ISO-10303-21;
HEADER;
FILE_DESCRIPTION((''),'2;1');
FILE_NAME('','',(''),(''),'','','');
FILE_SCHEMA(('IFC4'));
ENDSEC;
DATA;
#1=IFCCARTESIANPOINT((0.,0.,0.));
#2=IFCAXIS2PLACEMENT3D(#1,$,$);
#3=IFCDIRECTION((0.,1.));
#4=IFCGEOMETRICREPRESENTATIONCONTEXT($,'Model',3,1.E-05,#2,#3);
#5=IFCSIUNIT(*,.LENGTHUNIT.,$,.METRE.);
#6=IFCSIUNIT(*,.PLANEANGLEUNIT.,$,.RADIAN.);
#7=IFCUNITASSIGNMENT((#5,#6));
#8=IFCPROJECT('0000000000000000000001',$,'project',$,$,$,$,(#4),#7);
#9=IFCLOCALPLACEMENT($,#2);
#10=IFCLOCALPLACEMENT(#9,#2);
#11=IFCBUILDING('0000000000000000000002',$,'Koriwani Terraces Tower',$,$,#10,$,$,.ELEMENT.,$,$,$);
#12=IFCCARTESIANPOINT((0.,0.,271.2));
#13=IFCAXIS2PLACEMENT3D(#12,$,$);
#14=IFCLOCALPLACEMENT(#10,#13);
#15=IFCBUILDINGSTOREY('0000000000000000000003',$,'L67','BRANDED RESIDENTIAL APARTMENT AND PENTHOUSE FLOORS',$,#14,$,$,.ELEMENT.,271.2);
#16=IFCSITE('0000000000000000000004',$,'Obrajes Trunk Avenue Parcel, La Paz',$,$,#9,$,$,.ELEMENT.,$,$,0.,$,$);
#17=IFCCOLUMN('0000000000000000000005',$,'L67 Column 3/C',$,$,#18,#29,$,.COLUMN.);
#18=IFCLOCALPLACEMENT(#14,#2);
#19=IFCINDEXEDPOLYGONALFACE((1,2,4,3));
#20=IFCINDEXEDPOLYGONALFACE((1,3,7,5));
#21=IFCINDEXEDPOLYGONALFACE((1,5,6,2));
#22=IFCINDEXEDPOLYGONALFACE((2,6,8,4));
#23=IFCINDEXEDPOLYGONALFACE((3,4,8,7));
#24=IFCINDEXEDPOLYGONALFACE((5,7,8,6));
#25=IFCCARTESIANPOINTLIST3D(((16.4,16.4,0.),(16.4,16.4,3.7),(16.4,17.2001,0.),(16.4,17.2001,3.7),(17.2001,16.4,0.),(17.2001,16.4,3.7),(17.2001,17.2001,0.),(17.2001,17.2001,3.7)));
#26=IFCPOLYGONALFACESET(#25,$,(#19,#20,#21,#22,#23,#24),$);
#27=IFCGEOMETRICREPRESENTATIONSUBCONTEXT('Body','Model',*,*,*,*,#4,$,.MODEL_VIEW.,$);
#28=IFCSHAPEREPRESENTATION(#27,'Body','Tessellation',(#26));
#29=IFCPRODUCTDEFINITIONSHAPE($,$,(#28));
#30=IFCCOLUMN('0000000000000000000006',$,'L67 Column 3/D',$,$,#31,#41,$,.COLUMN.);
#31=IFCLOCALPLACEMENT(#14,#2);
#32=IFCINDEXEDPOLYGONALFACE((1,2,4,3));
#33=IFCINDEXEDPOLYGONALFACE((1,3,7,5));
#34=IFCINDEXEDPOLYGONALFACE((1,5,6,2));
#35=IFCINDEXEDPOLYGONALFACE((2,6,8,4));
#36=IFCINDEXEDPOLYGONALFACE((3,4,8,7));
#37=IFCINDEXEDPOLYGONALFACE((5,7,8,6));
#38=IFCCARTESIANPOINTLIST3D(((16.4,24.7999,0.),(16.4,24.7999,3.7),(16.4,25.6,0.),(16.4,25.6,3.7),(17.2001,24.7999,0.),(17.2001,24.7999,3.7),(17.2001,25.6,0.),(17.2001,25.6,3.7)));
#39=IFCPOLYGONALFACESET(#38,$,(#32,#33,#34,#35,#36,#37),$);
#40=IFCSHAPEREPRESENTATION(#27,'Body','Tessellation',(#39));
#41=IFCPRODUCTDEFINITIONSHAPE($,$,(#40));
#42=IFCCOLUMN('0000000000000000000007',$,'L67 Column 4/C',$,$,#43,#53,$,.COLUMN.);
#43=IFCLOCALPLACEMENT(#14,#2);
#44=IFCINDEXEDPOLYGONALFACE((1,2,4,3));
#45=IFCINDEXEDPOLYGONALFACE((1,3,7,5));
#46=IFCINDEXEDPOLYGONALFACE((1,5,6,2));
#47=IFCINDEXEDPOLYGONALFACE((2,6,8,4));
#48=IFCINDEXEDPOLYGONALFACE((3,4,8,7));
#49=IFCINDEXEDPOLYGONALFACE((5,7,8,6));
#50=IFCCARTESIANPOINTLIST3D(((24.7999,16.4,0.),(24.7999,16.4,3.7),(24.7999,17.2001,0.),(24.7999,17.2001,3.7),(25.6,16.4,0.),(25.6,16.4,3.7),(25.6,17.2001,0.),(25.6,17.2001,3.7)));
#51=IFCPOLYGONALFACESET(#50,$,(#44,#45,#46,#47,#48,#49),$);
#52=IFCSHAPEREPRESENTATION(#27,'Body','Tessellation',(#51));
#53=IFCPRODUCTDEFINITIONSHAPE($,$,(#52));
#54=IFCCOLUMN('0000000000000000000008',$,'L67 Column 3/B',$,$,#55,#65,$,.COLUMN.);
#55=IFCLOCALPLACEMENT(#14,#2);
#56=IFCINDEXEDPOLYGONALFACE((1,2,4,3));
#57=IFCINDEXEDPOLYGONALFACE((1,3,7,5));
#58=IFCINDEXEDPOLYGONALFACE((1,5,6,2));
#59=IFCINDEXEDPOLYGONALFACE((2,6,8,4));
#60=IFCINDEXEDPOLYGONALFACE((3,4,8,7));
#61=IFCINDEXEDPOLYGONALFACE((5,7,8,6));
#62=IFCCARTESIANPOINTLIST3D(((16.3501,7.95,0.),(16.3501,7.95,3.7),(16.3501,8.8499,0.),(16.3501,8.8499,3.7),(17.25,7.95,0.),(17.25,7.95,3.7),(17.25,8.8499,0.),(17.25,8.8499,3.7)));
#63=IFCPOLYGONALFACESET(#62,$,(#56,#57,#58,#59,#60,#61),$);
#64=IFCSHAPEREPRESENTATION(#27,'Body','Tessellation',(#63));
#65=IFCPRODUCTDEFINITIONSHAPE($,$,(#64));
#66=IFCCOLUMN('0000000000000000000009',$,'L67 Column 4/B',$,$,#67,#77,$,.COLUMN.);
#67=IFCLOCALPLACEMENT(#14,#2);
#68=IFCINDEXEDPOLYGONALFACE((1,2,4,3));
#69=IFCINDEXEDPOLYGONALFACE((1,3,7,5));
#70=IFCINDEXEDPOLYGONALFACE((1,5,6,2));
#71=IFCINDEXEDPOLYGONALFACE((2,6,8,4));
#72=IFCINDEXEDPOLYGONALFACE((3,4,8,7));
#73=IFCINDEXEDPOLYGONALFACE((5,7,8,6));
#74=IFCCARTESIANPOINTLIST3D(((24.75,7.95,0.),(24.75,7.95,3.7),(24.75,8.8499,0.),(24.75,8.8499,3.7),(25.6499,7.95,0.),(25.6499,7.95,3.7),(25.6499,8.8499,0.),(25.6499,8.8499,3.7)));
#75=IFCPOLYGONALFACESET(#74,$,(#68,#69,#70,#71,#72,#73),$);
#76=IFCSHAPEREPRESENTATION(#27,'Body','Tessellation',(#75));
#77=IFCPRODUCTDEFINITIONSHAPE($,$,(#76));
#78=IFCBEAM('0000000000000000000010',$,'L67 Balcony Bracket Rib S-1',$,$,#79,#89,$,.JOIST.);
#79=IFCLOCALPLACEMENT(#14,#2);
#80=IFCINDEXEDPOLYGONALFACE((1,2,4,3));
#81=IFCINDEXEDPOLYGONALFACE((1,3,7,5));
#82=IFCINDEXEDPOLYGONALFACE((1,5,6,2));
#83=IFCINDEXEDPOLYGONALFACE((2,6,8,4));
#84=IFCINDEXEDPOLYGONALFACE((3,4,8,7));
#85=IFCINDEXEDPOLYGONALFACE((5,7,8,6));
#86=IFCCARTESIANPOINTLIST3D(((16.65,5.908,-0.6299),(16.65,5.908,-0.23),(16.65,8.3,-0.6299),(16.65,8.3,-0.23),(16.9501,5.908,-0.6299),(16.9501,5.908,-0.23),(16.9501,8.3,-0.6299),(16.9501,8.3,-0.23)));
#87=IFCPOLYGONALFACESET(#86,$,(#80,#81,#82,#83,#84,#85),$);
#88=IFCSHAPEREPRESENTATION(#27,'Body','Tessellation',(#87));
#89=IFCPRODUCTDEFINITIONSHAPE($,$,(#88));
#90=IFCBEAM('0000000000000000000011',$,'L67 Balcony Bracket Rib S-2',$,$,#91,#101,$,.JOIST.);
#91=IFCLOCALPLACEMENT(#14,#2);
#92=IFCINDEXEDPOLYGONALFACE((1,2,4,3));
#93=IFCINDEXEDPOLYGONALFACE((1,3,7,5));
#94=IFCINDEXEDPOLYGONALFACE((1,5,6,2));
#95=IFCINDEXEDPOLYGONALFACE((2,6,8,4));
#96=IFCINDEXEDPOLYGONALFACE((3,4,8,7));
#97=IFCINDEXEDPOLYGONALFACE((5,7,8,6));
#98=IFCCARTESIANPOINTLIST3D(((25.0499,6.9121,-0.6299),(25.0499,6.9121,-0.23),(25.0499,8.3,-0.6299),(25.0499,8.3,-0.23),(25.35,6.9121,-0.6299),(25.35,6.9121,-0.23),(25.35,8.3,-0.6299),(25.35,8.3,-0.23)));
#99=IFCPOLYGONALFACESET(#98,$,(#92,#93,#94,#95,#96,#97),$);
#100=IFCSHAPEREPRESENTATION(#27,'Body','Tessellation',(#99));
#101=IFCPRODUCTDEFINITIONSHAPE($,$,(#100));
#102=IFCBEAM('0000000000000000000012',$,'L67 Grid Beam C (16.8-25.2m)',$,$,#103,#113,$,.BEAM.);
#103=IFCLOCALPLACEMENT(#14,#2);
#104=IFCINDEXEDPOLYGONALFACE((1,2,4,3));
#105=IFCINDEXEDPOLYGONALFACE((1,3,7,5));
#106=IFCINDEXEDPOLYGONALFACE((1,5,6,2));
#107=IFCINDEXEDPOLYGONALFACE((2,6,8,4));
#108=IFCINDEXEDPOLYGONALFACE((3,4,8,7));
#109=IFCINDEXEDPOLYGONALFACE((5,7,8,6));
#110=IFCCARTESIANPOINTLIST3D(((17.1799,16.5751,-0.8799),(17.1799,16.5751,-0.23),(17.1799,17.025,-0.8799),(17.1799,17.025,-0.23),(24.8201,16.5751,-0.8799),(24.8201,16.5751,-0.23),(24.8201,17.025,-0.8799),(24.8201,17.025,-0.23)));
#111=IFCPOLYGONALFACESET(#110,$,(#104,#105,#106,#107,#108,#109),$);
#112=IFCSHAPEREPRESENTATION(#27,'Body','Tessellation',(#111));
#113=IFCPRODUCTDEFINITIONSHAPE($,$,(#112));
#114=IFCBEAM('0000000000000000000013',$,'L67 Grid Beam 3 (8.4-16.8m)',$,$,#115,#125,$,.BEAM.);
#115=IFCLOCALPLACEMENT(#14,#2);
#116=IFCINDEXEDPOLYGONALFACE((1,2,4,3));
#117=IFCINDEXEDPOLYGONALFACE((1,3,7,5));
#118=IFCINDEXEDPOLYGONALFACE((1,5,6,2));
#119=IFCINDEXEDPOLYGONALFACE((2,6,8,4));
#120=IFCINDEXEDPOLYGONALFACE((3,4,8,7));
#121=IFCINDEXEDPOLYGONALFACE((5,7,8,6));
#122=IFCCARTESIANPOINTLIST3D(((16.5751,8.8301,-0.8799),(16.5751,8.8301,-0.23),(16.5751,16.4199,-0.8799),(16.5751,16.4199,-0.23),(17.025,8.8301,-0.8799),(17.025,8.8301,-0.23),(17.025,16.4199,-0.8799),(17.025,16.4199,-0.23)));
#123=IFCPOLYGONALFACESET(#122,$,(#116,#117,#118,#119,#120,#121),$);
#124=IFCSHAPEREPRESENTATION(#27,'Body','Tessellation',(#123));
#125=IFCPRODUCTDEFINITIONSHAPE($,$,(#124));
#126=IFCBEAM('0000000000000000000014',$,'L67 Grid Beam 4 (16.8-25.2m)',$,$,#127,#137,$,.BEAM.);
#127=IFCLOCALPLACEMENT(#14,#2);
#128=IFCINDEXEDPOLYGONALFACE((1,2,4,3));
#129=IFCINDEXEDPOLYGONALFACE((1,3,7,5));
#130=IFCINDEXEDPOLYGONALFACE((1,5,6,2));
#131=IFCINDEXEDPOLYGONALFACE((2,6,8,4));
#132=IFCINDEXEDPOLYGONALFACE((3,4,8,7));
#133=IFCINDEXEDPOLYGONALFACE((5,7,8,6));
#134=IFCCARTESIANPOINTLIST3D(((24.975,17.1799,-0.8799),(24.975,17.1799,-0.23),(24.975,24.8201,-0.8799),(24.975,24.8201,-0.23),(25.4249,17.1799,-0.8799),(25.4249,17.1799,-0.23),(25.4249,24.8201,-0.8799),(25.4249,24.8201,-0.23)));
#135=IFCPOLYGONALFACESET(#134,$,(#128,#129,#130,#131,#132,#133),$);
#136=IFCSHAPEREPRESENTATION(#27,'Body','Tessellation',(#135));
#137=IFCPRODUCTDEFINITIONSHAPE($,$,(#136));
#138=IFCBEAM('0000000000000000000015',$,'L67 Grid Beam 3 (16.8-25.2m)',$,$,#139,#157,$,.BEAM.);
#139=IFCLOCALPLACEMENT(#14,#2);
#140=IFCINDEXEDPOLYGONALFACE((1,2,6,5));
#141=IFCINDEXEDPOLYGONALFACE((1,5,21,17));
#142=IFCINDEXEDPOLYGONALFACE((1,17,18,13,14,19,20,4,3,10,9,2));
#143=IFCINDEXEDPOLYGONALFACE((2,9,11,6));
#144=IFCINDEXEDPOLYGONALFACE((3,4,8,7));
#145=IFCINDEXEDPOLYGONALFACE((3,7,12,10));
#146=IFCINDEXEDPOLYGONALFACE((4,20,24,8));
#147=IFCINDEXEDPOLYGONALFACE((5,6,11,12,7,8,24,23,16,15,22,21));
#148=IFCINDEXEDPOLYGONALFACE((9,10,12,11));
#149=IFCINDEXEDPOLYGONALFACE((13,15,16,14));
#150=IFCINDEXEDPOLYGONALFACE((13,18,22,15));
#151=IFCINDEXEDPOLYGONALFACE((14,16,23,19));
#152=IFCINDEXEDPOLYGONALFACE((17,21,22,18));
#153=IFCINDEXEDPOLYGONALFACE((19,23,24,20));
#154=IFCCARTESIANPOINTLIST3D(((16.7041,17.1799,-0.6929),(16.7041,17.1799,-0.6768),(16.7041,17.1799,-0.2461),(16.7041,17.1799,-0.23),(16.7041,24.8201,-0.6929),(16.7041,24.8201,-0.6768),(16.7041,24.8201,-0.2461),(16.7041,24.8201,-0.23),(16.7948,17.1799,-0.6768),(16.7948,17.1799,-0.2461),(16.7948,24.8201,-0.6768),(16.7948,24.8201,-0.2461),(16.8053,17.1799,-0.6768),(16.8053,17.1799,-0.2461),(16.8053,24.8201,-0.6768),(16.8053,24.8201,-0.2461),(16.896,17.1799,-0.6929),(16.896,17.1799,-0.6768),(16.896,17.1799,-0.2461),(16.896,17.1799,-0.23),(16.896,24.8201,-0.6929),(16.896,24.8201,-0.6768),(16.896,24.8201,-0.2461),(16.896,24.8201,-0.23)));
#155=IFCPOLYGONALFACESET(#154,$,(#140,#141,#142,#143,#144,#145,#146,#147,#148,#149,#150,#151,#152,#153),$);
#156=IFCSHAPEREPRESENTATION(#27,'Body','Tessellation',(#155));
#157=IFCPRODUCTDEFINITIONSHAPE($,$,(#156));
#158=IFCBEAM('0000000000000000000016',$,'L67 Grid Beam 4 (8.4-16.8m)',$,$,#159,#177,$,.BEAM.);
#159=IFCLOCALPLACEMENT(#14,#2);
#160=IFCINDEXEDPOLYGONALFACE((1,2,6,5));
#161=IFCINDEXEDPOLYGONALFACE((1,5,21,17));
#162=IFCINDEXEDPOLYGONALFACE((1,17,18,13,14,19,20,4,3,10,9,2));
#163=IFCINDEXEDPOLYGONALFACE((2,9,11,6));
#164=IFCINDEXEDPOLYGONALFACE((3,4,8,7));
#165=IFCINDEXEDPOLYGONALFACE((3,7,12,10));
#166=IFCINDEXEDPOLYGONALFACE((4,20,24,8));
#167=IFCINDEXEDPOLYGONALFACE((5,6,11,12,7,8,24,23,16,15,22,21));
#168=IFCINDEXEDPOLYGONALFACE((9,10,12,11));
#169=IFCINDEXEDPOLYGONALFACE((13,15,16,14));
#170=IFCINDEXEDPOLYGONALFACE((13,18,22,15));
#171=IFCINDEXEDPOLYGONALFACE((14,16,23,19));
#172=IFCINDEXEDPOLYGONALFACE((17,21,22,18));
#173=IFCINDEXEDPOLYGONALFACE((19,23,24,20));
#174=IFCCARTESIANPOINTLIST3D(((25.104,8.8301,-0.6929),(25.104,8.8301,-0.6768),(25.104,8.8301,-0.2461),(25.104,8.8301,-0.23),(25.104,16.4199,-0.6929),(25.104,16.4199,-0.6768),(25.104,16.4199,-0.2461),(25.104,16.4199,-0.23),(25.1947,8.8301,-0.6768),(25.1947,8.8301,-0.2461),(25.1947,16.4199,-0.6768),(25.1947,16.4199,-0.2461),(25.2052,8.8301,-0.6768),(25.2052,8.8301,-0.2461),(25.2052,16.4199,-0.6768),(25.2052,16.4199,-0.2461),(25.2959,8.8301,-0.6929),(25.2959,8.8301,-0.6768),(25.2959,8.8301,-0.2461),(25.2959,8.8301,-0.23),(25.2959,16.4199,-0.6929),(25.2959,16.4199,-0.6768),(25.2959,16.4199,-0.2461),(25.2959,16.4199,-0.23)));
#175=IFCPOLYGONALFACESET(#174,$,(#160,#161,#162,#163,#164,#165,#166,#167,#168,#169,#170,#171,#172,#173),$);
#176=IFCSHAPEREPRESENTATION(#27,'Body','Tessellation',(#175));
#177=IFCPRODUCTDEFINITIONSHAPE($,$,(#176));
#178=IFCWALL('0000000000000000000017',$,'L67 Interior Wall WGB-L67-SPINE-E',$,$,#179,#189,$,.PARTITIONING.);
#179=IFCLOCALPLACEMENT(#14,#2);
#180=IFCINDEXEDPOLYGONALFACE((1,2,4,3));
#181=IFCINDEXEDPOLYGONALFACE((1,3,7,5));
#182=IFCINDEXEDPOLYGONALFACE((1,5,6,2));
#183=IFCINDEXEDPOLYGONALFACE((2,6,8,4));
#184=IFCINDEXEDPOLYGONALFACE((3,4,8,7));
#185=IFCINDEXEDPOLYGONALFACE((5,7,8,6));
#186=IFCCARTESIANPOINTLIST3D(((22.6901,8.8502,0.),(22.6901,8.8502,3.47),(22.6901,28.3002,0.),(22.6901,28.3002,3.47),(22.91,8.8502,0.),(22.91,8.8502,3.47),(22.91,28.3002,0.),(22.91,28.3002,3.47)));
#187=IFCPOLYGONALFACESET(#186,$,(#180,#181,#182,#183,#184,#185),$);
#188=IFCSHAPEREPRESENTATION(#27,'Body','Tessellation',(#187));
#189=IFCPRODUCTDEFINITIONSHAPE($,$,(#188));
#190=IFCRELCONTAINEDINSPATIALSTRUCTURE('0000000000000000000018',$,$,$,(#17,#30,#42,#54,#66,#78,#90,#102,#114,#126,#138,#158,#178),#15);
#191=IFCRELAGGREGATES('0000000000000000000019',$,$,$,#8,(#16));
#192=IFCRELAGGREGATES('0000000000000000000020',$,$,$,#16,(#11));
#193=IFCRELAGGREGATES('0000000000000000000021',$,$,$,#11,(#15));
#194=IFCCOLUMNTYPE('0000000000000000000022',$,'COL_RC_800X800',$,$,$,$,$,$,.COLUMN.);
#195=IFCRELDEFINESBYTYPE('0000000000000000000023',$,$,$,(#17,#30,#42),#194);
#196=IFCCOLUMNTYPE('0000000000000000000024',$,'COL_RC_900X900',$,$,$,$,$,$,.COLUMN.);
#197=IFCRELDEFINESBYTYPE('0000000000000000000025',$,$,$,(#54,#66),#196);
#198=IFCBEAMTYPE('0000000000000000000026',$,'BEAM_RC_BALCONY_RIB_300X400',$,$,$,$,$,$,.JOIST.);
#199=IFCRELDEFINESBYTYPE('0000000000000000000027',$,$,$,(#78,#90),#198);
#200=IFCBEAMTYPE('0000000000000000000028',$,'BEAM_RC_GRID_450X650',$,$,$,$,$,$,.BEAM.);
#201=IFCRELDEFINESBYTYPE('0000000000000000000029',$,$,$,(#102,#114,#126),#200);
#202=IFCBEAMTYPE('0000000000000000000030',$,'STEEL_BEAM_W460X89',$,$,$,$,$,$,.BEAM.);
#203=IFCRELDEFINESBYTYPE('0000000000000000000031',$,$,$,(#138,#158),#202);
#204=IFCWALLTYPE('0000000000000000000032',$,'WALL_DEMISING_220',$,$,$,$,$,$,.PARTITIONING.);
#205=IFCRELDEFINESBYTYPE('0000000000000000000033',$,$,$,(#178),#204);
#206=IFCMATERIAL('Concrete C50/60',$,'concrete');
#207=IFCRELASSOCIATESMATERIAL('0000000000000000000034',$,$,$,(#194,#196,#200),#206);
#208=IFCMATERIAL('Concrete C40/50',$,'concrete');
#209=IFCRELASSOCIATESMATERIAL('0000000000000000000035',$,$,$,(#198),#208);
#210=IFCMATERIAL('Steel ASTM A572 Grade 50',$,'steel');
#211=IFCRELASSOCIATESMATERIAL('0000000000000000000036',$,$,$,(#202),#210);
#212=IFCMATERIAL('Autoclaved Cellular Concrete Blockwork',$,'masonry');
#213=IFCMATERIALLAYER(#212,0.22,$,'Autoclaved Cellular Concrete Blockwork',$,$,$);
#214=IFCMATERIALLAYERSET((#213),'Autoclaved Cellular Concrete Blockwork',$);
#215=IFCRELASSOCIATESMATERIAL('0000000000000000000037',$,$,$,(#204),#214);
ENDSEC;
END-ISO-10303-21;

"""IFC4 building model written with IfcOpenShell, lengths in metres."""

from ifc_helpers import new_model, si_unit, direction, frame, frame_2d, origin, origin_2d, place, context, subcontext, project, spatial, rectangle, i_section, extrude, material, layer, layer_set, material_profile, profile_set, type_object, element, save


model = new_model("IFC4")

# Units and contexts
model_context = context("Model", 3, precision=1e-05, world=origin(), true_north=direction((0.0, 1.0)))
body_context = subcontext(model_context, "Body", "Model", "MODEL_VIEW")
ifc_project = project(units=[si_unit("LENGTHUNIT", "METRE"), si_unit("PLANEANGLEUNIT", "RADIAN")], contexts=[model_context])

# Site, building, storey
site_placement = place(None, origin())
site = spatial("IfcSite", under=ifc_project, at=site_placement, Name="Obrajes Trunk Avenue Parcel, La Paz", CompositionType="ELEMENT", RefElevation=0.0)
building_placement = place(site_placement, origin())
building = spatial("IfcBuilding", under=site, at=building_placement, Name="Koriwani Terraces Tower", CompositionType="ELEMENT")
storey_placement = place(building_placement, frame((0.0, 0.0, 271.2)))
storey = spatial("IfcBuildingStorey", under=building, at=storey_placement, Name="L67", Description="BRANDED RESIDENTIAL APARTMENT AND PENTHOUSE FLOORS", CompositionType="ELEMENT", Elevation=271.2)

# Columns
ifc_material_1 = material(Name="Concrete C50/60", Category="concrete")
ifc_material_profile_1 = material_profile(ifc_material_1, rectangle(XDim=0.8, YDim=0.8, at=origin_2d()), Name="Concrete C50/60", Category="LoadBearing")
ifc_profile_set_1 = profile_set([ifc_material_profile_1], Name="Concrete C50/60")
column_type_1 = type_object("IfcColumnType", Name="COL_RC_800X800", PredefinedType="COLUMN", material=ifc_profile_set_1)
for number, where, z_axis, x_axis, name in (
    (1, (16.8, 16.8, 0.0), (0.0, 0.0, 1.0), (1.0, 0.0, 0.0), "L67 Column 3/C"),
    (2, (16.8, 25.2, 0.0), (0.0, 0.0, 1.0), (1.0, 0.0, 0.0), "L67 Column 3/D"),
    (3, (25.2, 16.8, 0.0), (0.0, 0.0, 1.0), (1.0, 0.0, 0.0), "L67 Column 4/C"),
):
    element("IfcColumn", number, at=place(storey_placement, frame(where, z_axis=z_axis, x_axis=x_axis)), inside=storey, type_object=column_type_1, Name=name, PredefinedType="COLUMN", context=body_context, shape_type="SweptSolid", body=[
        extrude(rectangle(XDim=0.8, YDim=0.8, at=origin_2d()), origin(), (0.0, 0.0, 1.0), 3.7),
    ])
ifc_material_profile_2 = material_profile(ifc_material_1, rectangle(XDim=0.8999, YDim=0.8999, at=origin_2d()), Name="Concrete C50/60", Category="LoadBearing")
ifc_profile_set_2 = profile_set([ifc_material_profile_2], Name="Concrete C50/60")
column_type_2 = type_object("IfcColumnType", Name="COL_RC_900X900", PredefinedType="COLUMN", material=ifc_profile_set_2)
for number, where, z_axis, x_axis, name in (
    (4, (16.8, 8.3999, 0.0), (0.0, 0.0, 1.0), (1.0, 0.0, 0.0), "L67 Column 3/B"),
    (5, (25.2, 8.3999, 0.0), (0.0, 0.0, 1.0), (1.0, 0.0, 0.0), "L67 Column 4/B"),
):
    element("IfcColumn", number, at=place(storey_placement, frame(where, z_axis=z_axis, x_axis=x_axis)), inside=storey, type_object=column_type_2, Name=name, PredefinedType="COLUMN", context=body_context, shape_type="SweptSolid", body=[
        extrude(rectangle(XDim=0.8999, YDim=0.8999, at=origin_2d()), origin(), (0.0, 0.0, 1.0), 3.7),
    ])

# Beams
ifc_material_2 = material(Name="Concrete C40/50", Category="concrete")
ifc_material_profile_3 = material_profile(ifc_material_2, rectangle(XDim=0.3, YDim=0.3999, at=origin_2d()), Name="Concrete C40/50", Category="LoadBearing")
ifc_profile_set_3 = profile_set([ifc_material_profile_3], Name="Concrete C40/50")
beam_type_1 = type_object("IfcBeamType", Name="BEAM_RC_BALCONY_RIB_300X400", PredefinedType="JOIST", material=ifc_profile_set_3)
beam_1_placement = place(storey_placement, frame((16.8, 5.908, -0.4299), z_axis=(0.0, 1.0, 0.0), x_axis=(-1.0, 0.0, 0.0)))
element("IfcBeam", 6, at=beam_1_placement, inside=storey, type_object=beam_type_1, Name="L67 Balcony Bracket Rib S-1", PredefinedType="JOIST", context=body_context, shape_type="SweptSolid", body=[
    extrude(rectangle(XDim=0.3, YDim=0.3999, at=origin_2d()), origin(), (0.0, 0.0, 1.0), 2.3921),
])
beam_2_placement = place(storey_placement, frame((25.2, 6.9121, -0.4299), z_axis=(0.0, 1.0, 0.0), x_axis=(-1.0, 0.0, 0.0)))
element("IfcBeam", 7, at=beam_2_placement, inside=storey, type_object=beam_type_1, Name="L67 Balcony Bracket Rib S-2", PredefinedType="JOIST", context=body_context, shape_type="SweptSolid", body=[
    extrude(rectangle(XDim=0.3, YDim=0.3999, at=origin_2d()), origin(), (0.0, 0.0, 1.0), 1.3879),
])
ifc_material_profile_4 = material_profile(ifc_material_1, rectangle(XDim=0.45, YDim=0.6499, at=origin_2d()), Name="Concrete C50/60", Category="LoadBearing")
ifc_profile_set_4 = profile_set([ifc_material_profile_4], Name="Concrete C50/60")
beam_type_2 = type_object("IfcBeamType", Name="BEAM_RC_GRID_450X650", PredefinedType="BEAM", material=ifc_profile_set_4)
beam_3_placement = place(storey_placement, frame((17.1799, 16.8, -0.5549), z_axis=(1.0, 0.0, 0.0), x_axis=(0.0, 1.0, 0.0)))
element("IfcBeam", 8, at=beam_3_placement, inside=storey, type_object=beam_type_2, Name="L67 Grid Beam C (16.8-25.2m)", PredefinedType="BEAM", context=body_context, shape_type="SweptSolid", body=[
    extrude(rectangle(XDim=0.45, YDim=0.6499, at=origin_2d()), origin(), (0.0, 0.0, 1.0), 7.6401),
])
beam_4_placement = place(storey_placement, frame((16.8, 8.8301, -0.5549), z_axis=(0.0, 1.0, 0.0), x_axis=(-1.0, 0.0, 0.0)))
element("IfcBeam", 9, at=beam_4_placement, inside=storey, type_object=beam_type_2, Name="L67 Grid Beam 3 (8.4-16.8m)", PredefinedType="BEAM", context=body_context, shape_type="SweptSolid", body=[
    extrude(rectangle(XDim=0.45, YDim=0.6499, at=origin_2d()), origin(), (0.0, 0.0, 1.0), 7.5898),
])
beam_5_placement = place(storey_placement, frame((25.2, 17.1799, -0.5549), z_axis=(0.0, 1.0, 0.0), x_axis=(-1.0, 0.0, 0.0)))
element("IfcBeam", 10, at=beam_5_placement, inside=storey, type_object=beam_type_2, Name="L67 Grid Beam 4 (16.8-25.2m)", PredefinedType="BEAM", context=body_context, shape_type="SweptSolid", body=[
    extrude(rectangle(XDim=0.45, YDim=0.6499, at=origin_2d()), origin(), (0.0, 0.0, 1.0), 7.6401),
])
ifc_material_3 = material(Name="Steel ASTM A572 Grade 50", Category="steel")
ifc_material_profile_5 = material_profile(ifc_material_3, i_section(OverallWidth=0.1919, OverallDepth=0.4629, WebThickness=0.0105, FlangeThickness=0.0161, at=origin_2d()), Name="Steel ASTM A572 Grade 50", Category="LoadBearing")
ifc_profile_set_5 = profile_set([ifc_material_profile_5], Name="Steel ASTM A572 Grade 50")
beam_type_3 = type_object("IfcBeamType", Name="STEEL_BEAM_W460X89", PredefinedType="BEAM", material=ifc_profile_set_5)
beam_6_placement = place(storey_placement, frame((16.8, 17.1799, -0.4614), z_axis=(0.0, 1.0, 0.0), x_axis=(-1.0, 0.0, 0.0)))
element("IfcBeam", 11, at=beam_6_placement, inside=storey, type_object=beam_type_3, Name="L67 Grid Beam 3 (16.8-25.2m)", PredefinedType="BEAM", context=body_context, shape_type="SweptSolid", body=[
    extrude(i_section(OverallWidth=0.1919, OverallDepth=0.4629, WebThickness=0.0105, FlangeThickness=0.0161, at=origin_2d()), origin(), (0.0, 0.0, 1.0), 7.6401),
])
beam_7_placement = place(storey_placement, frame((25.2, 8.8301, -0.4614), z_axis=(0.0, 1.0, 0.0), x_axis=(-1.0, 0.0, 0.0)))
element("IfcBeam", 12, at=beam_7_placement, inside=storey, type_object=beam_type_3, Name="L67 Grid Beam 4 (8.4-16.8m)", PredefinedType="BEAM", context=body_context, shape_type="SweptSolid", body=[
    extrude(i_section(OverallWidth=0.1919, OverallDepth=0.4629, WebThickness=0.0105, FlangeThickness=0.0161, at=origin_2d()), origin(), (0.0, 0.0, 1.0), 7.5898),
])

# Wall
ifc_material_4 = material(Name="Autoclaved Cellular Concrete Blockwork", Category="masonry")
ifc_layer_1 = layer(ifc_material_4, 0.22, Name="Autoclaved Cellular Concrete Blockwork")
ifc_layer_set_1 = layer_set([ifc_layer_1], Name="Autoclaved Cellular Concrete Blockwork")
wall_type_1 = type_object("IfcWallType", Name="WALL_DEMISING_220", PredefinedType="PARTITIONING", material=ifc_layer_set_1)
wall_1_placement = place(storey_placement, frame((22.8, 8.8501, 0.0), z_axis=(0.0, 0.0, 1.0), x_axis=(0.0, 1.0, 0.0)))
element("IfcWall", 13, at=wall_1_placement, inside=storey, type_object=wall_type_1, Name="L67 Interior Wall WGB-L67-SPINE-E", PredefinedType="PARTITIONING", context=body_context, shape_type="SweptSolid", body=[
    extrude(rectangle(XDim=19.45, YDim=0.22, at=frame_2d((9.7251, 0.0))), origin(), (0.0, 0.0, 1.0), 3.47),
])

save(model, "model.ifc")
